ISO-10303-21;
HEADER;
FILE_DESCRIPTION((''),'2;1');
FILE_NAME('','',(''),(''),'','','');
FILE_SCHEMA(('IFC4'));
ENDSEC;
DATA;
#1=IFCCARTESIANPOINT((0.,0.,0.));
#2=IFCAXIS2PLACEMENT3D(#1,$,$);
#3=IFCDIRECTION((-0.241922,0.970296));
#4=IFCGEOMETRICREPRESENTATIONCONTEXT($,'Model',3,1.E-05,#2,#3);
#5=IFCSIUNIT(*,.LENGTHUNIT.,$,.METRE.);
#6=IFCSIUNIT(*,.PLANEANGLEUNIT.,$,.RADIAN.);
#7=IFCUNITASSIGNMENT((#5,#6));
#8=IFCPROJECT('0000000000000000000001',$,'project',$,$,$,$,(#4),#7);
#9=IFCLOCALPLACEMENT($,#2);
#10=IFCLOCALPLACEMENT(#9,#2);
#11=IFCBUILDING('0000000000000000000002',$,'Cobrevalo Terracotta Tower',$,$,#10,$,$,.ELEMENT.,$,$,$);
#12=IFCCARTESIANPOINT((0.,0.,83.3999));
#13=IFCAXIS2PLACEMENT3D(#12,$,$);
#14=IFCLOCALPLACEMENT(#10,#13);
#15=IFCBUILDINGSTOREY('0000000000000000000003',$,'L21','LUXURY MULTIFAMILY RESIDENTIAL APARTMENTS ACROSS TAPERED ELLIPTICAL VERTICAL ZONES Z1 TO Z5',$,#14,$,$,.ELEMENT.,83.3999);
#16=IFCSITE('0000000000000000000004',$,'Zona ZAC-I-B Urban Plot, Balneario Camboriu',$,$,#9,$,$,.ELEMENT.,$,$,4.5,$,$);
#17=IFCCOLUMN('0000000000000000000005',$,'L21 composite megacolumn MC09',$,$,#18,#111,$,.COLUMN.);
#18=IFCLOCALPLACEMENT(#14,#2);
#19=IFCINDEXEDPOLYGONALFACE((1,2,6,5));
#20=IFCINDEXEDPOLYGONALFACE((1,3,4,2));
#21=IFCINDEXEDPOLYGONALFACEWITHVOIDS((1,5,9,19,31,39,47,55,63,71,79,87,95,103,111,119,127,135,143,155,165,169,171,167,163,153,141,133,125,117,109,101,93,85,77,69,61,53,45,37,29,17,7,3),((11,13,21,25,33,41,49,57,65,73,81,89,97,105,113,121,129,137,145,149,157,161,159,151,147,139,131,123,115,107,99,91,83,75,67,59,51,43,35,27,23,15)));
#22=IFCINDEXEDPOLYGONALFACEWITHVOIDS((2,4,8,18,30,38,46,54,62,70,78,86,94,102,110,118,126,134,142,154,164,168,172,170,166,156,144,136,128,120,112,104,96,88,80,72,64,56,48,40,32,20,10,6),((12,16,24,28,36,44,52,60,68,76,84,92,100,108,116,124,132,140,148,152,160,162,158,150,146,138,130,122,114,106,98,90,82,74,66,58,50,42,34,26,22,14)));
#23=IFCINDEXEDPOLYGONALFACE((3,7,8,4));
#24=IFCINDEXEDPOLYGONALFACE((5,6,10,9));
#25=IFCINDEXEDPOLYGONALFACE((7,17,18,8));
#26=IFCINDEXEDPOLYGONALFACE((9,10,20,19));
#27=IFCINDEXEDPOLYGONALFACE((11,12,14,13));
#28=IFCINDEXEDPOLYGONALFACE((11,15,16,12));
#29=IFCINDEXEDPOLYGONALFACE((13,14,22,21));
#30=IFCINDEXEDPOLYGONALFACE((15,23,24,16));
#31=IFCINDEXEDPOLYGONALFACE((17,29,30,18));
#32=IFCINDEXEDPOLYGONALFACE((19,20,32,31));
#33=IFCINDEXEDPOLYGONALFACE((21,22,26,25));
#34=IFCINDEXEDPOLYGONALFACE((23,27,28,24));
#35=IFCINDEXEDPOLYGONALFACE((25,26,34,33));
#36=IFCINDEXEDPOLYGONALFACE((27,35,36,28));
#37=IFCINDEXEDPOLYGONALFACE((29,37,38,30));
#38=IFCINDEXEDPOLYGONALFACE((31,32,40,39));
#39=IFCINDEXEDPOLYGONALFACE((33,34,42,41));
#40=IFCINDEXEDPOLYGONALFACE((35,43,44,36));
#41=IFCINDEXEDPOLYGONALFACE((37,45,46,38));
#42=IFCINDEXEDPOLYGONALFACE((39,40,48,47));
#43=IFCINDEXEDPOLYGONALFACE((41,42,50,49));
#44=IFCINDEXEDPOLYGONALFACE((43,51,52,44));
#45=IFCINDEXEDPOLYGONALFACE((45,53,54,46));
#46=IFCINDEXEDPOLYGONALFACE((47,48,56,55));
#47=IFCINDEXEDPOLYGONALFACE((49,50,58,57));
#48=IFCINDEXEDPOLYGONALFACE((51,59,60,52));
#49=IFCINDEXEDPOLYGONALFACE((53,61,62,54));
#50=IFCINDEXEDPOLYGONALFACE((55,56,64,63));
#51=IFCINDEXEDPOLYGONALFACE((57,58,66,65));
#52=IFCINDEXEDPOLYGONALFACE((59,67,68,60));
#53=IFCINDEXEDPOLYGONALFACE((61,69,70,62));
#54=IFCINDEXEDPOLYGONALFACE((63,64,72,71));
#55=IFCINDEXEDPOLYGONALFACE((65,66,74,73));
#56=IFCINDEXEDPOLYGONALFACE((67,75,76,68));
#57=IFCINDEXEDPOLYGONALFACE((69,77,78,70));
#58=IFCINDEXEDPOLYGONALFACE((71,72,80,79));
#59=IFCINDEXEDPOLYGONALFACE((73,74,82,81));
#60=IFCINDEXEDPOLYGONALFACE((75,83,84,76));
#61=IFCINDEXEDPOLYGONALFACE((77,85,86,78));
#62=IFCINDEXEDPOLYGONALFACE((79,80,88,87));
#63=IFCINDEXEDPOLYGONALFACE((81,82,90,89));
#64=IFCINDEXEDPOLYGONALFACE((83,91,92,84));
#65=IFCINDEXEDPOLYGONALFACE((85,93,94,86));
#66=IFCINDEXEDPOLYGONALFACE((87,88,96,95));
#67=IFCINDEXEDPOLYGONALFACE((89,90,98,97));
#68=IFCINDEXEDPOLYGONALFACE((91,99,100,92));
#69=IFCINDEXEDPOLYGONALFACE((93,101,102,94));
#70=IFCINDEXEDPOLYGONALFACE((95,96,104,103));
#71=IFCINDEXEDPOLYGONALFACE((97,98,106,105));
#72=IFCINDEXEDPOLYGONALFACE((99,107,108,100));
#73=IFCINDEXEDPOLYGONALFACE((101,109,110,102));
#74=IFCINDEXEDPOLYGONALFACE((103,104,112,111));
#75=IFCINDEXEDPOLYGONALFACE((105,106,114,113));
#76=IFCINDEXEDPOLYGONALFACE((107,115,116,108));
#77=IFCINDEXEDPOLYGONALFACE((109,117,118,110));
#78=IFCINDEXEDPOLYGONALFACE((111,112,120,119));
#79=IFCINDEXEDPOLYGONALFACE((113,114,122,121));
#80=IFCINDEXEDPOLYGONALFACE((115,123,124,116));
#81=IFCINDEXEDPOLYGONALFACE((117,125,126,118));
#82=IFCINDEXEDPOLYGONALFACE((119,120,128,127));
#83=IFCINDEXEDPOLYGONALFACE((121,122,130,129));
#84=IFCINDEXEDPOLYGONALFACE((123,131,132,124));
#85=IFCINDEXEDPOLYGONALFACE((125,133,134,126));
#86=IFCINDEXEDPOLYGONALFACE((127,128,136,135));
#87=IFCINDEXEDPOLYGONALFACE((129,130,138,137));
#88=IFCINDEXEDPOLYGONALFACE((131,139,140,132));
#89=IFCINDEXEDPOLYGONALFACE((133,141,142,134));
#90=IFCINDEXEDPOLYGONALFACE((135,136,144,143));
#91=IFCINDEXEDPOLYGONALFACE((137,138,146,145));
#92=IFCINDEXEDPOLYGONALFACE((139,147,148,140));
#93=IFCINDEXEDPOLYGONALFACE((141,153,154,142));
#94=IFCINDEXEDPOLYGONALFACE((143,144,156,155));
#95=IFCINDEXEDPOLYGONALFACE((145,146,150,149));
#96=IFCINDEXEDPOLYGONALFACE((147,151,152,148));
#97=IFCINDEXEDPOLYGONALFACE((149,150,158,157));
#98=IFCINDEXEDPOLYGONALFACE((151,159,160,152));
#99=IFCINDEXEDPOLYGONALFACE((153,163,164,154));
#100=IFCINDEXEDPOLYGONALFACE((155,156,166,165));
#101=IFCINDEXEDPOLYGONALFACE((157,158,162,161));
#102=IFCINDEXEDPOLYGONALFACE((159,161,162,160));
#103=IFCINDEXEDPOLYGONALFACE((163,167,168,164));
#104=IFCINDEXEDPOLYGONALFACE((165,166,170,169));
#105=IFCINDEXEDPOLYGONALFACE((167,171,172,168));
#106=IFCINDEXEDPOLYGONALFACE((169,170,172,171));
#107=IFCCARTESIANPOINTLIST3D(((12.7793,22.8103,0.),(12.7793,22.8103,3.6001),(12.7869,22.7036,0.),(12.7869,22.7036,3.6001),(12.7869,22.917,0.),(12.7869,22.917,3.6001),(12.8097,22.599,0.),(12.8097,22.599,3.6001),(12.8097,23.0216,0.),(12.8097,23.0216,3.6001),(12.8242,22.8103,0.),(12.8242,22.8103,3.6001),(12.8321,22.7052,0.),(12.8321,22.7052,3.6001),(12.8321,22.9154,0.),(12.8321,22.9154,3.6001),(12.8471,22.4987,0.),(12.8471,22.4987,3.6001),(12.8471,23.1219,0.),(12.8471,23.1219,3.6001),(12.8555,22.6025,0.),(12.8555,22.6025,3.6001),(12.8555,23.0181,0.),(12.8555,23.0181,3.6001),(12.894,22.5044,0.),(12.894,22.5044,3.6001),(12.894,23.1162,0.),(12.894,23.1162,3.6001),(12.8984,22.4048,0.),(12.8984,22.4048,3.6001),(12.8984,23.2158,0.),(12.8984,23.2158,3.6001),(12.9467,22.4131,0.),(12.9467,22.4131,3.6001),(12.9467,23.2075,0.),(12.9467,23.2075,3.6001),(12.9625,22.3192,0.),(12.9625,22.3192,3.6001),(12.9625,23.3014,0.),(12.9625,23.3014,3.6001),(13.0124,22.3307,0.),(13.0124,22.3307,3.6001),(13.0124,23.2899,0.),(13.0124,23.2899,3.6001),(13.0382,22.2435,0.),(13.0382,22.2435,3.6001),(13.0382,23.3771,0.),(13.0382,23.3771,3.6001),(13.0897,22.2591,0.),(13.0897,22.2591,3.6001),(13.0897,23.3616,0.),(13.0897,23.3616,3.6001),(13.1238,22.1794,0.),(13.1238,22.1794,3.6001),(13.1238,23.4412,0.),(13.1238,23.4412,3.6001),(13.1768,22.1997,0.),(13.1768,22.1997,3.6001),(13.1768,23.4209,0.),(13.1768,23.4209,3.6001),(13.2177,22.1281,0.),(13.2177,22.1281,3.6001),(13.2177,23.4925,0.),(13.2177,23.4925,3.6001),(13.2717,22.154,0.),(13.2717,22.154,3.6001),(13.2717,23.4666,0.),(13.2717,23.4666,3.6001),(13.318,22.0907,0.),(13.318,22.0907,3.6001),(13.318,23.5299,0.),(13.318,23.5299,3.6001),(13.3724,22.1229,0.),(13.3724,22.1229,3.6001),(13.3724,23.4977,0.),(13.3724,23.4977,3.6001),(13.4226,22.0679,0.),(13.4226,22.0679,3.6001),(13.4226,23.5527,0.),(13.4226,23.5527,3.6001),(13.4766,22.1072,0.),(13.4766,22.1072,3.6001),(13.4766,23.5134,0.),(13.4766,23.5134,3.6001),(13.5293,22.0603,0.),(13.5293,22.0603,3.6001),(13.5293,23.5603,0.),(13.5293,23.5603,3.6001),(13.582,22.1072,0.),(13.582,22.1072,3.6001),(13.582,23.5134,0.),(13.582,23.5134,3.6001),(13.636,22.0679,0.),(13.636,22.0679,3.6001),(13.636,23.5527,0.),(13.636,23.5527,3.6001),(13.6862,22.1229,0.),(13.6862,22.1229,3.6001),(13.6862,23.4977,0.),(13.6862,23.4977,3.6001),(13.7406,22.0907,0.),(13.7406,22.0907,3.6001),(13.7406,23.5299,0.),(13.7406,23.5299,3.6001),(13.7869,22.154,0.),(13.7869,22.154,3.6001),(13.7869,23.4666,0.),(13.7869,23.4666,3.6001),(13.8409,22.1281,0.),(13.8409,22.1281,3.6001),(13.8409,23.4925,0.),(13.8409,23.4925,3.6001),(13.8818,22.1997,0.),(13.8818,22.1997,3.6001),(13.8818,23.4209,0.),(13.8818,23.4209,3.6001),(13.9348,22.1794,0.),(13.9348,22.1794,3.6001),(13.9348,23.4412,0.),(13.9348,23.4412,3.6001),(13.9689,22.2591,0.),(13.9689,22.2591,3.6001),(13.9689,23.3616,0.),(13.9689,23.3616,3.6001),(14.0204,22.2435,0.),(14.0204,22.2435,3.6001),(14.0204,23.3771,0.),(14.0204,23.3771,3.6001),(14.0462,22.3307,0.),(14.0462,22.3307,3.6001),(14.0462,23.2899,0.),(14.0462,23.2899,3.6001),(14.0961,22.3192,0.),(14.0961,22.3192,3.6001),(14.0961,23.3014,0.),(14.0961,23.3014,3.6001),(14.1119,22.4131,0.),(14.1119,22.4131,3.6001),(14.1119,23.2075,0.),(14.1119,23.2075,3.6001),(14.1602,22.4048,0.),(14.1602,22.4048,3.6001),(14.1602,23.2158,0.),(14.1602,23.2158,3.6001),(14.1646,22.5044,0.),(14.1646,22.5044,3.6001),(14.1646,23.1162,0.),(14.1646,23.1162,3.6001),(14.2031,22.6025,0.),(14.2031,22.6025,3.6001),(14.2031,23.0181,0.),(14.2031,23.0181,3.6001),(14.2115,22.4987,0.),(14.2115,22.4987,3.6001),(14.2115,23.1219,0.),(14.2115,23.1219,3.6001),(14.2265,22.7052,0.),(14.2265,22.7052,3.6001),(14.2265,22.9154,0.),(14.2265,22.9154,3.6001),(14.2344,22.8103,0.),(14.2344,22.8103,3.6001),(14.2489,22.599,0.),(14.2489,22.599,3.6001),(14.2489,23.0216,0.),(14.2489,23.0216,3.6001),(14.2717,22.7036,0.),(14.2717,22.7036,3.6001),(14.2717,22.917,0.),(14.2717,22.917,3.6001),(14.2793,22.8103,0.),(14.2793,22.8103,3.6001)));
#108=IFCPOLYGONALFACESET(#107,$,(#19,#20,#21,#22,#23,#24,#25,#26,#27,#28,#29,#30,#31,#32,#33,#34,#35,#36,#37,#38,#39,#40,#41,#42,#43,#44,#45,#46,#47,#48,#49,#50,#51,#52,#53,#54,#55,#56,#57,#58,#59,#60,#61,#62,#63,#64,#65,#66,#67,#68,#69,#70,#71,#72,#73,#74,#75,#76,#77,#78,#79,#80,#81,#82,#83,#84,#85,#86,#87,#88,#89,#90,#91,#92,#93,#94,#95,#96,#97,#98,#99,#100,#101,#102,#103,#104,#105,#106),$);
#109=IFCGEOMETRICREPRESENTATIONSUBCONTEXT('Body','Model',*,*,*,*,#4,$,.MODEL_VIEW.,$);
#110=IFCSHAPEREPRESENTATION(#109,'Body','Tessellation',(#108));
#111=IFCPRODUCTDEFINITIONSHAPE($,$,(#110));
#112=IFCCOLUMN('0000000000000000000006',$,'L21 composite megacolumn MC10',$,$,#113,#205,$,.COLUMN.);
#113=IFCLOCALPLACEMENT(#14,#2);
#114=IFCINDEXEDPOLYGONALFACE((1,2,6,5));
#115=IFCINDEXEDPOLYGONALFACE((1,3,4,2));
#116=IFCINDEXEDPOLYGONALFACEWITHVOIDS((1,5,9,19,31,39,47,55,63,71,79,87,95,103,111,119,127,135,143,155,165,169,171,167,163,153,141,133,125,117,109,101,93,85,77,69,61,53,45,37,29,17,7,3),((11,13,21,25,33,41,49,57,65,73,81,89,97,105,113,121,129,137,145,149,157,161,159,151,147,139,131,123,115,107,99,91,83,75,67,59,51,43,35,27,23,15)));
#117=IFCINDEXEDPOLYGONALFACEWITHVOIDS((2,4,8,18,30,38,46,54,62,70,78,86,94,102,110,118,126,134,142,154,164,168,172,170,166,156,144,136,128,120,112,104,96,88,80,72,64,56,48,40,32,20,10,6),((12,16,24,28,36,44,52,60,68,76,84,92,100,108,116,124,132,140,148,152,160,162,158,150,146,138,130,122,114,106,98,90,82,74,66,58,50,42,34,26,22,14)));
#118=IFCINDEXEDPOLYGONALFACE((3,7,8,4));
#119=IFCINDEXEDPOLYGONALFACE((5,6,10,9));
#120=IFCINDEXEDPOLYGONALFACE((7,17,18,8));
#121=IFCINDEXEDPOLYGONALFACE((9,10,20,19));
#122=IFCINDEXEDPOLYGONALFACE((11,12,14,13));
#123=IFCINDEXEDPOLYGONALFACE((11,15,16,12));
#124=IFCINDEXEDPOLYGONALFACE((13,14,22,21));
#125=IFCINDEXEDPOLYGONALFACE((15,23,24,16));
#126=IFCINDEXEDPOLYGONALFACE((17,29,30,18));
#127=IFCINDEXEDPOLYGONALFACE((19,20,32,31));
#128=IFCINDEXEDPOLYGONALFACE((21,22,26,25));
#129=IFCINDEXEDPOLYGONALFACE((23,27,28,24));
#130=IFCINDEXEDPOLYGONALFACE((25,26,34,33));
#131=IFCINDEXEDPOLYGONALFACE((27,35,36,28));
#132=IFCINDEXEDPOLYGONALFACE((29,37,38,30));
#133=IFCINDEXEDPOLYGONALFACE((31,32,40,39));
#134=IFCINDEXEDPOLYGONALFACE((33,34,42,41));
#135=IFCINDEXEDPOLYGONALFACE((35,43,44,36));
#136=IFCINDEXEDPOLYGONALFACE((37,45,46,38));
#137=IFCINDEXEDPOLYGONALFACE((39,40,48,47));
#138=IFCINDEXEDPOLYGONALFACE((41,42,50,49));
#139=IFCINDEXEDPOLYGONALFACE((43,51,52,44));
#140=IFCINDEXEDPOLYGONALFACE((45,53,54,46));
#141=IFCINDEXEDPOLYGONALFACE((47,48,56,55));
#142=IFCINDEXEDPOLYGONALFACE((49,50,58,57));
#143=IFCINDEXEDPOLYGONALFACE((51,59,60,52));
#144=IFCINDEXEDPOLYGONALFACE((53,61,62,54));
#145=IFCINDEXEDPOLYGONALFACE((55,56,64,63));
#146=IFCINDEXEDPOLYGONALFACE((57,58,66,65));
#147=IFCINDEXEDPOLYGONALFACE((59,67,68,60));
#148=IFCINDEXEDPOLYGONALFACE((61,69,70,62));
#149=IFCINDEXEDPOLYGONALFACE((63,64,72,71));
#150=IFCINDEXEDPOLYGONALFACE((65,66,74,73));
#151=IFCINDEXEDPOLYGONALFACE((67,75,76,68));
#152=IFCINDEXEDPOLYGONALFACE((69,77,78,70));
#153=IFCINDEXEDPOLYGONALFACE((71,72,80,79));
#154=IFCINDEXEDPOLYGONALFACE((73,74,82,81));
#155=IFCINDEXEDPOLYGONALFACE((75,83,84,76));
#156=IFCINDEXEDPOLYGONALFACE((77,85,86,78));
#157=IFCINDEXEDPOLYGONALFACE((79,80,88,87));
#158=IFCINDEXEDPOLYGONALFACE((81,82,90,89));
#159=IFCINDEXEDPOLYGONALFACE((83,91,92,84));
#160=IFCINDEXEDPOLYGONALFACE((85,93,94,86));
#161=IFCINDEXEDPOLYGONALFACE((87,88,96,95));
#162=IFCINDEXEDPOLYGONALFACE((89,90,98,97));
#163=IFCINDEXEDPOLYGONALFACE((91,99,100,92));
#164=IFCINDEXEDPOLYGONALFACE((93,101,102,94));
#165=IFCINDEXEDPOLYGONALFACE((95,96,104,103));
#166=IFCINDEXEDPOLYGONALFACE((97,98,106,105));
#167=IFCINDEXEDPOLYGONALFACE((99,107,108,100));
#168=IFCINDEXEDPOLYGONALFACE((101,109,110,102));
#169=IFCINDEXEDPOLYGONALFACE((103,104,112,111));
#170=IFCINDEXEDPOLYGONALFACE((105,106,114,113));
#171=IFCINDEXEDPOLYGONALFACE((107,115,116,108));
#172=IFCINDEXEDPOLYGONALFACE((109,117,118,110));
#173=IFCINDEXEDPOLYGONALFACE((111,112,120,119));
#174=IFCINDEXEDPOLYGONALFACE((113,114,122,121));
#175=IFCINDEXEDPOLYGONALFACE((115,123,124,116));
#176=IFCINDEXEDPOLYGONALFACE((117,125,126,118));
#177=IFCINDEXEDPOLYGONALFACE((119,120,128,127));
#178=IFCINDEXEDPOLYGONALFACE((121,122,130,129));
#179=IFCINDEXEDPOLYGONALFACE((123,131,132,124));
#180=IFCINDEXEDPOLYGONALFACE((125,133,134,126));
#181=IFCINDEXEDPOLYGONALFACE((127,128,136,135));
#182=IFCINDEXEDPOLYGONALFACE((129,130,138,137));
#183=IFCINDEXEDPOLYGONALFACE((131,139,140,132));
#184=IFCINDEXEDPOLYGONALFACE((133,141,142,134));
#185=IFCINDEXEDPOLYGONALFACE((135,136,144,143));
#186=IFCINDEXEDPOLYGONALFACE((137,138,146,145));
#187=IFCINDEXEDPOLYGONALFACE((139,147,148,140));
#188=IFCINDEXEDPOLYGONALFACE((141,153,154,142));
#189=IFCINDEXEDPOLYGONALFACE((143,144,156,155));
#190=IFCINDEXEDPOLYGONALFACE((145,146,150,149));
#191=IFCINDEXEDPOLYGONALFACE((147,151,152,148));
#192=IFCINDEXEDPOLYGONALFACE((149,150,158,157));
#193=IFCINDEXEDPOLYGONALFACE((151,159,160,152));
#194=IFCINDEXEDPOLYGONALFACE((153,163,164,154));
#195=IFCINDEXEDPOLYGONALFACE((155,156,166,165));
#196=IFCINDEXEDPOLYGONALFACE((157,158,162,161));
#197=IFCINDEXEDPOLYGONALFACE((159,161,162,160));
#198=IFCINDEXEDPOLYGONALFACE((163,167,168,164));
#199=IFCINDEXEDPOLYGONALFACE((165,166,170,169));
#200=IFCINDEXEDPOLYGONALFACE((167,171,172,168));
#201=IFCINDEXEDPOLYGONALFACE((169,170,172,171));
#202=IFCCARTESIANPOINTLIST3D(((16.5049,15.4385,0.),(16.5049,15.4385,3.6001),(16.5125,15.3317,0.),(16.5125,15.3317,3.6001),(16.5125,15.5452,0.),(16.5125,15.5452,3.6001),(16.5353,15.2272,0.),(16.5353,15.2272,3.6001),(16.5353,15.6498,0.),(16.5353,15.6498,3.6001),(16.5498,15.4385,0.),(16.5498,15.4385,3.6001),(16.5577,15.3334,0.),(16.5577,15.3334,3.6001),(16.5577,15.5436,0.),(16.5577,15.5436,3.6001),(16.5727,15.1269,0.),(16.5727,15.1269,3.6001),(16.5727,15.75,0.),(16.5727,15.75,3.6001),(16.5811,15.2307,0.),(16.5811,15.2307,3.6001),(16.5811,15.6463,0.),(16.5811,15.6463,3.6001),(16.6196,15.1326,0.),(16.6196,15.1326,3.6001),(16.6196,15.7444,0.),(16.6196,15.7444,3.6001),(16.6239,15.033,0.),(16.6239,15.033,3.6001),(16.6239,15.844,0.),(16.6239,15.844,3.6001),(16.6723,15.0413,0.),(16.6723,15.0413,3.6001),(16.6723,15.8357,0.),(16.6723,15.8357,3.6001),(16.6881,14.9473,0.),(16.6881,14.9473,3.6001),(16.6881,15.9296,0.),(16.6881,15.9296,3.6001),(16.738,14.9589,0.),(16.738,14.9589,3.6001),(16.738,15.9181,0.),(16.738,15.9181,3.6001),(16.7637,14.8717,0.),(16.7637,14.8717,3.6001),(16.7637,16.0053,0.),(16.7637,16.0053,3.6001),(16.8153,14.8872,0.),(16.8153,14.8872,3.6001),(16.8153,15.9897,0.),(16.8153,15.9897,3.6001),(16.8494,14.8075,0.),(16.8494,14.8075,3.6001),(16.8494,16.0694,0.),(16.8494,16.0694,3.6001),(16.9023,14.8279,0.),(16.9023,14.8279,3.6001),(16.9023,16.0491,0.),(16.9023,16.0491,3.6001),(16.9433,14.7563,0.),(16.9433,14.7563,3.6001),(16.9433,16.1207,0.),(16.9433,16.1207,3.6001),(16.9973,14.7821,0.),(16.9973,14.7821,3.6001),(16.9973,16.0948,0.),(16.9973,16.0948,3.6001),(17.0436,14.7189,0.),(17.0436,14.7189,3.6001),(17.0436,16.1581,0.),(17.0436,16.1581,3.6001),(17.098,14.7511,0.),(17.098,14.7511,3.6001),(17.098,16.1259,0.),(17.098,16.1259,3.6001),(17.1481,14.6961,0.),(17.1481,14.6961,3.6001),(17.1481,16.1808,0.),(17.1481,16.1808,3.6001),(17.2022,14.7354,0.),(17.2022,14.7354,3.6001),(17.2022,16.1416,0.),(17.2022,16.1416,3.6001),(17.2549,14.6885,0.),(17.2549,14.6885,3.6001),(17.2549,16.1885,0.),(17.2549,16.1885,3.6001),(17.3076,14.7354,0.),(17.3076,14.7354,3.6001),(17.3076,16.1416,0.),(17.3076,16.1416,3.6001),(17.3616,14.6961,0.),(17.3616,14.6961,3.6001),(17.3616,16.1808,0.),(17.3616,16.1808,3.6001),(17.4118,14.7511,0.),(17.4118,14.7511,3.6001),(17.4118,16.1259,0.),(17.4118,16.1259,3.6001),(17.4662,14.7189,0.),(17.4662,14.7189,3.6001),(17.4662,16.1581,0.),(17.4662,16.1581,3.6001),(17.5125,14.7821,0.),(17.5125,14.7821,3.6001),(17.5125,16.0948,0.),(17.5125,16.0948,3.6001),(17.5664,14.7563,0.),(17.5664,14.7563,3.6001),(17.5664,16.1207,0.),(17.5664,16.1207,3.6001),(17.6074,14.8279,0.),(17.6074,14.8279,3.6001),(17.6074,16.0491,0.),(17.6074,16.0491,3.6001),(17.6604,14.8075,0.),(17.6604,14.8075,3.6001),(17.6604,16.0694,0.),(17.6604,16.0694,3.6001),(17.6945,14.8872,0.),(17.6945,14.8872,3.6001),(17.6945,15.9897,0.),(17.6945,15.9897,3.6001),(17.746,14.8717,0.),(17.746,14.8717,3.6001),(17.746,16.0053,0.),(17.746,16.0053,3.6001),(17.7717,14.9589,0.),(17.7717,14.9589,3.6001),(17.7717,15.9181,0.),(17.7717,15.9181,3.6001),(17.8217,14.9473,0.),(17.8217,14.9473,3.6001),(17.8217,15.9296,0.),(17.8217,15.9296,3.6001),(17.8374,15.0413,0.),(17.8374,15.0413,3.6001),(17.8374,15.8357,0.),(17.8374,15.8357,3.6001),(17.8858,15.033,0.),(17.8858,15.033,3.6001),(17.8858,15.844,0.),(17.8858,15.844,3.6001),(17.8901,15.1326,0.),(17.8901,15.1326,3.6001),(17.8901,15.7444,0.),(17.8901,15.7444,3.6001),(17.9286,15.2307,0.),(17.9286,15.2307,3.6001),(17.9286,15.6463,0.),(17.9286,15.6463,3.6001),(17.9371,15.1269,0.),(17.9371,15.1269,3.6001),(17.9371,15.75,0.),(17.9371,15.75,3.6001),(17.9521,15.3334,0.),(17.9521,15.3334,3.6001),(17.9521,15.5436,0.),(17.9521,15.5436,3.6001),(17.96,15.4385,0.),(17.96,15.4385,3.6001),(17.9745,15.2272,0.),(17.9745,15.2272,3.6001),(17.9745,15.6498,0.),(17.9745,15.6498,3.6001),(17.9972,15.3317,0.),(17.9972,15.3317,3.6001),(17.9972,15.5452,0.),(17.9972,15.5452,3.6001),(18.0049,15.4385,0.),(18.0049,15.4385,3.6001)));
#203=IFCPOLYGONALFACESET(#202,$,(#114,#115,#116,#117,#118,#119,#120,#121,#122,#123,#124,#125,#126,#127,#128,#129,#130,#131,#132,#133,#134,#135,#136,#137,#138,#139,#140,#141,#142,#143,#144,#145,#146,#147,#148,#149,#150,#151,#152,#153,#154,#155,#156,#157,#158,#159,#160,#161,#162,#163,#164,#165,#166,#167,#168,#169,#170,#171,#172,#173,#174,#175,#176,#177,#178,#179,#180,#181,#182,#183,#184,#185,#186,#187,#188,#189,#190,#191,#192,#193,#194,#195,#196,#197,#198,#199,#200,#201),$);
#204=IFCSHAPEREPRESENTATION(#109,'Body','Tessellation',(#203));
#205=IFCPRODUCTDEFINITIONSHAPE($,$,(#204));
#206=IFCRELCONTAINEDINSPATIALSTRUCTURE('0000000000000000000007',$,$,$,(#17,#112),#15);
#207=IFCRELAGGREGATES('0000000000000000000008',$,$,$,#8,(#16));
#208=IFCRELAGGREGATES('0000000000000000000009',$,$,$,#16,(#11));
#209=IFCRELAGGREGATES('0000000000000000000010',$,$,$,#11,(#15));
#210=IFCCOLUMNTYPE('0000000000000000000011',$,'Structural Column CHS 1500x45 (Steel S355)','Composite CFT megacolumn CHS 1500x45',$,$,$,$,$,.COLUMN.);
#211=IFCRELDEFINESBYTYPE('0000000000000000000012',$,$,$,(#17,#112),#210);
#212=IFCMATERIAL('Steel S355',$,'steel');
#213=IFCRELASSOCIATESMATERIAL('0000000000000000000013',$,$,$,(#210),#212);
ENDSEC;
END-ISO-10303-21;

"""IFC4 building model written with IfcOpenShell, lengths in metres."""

from ifc_helpers import new_model, si_unit, direction, frame, origin, origin_2d, place, context, subcontext, project, spatial, hollow_circle, extrude, material, material_profile, profile_set, type_object, element, save


model = new_model("IFC4")

# Units and contexts
model_context = context("Model", 3, precision=1e-05, world=origin(), true_north=direction((-0.241922, 0.970296)))
body_context = subcontext(model_context, "Body", "Model", "MODEL_VIEW")
ifc_project = project(units=[si_unit("LENGTHUNIT", "METRE"), si_unit("PLANEANGLEUNIT", "RADIAN")], contexts=[model_context])

# Site, building, storey
site_placement = place(None, origin())
site = spatial("IfcSite", under=ifc_project, at=site_placement, Name="Zona ZAC-I-B Urban Plot, Balneario Camboriu", CompositionType="ELEMENT", RefElevation=4.5)
building_placement = place(site_placement, origin())
building = spatial("IfcBuilding", under=site, at=building_placement, Name="Cobrevalo Terracotta Tower", CompositionType="ELEMENT")
storey_placement = place(building_placement, frame((0.0, 0.0, 83.3999)))
storey = spatial("IfcBuildingStorey", under=building, at=storey_placement, Name="L21", Description="LUXURY MULTIFAMILY RESIDENTIAL APARTMENTS ACROSS TAPERED ELLIPTICAL VERTICAL ZONES Z1 TO Z5", CompositionType="ELEMENT", Elevation=83.3999)

# Columns
ifc_material_1 = material(Name="Steel S355", Category="steel")
ifc_material_profile_1 = material_profile(ifc_material_1, hollow_circle(Radius=0.75, WallThickness=0.0449, at=origin_2d()), Name="CHS 1500x45")
ifc_profile_set_1 = profile_set([ifc_material_profile_1], Name="Steel S355")
column_type = type_object("IfcColumnType", Name="Structural Column CHS 1500x45 (Steel S355)", Description="Composite CFT megacolumn CHS 1500x45", PredefinedType="COLUMN", material=ifc_profile_set_1)
for number, where, z_axis, x_axis, name in (
    (1, (13.5293, 22.8103, 0.0), (0.0, 0.0, 1.0), (1.0, 0.0, 0.0), "L21 composite megacolumn MC09"),
    (2, (17.2549, 15.4385, 0.0), (0.0, 0.0, 1.0), (1.0, 0.0, 0.0), "L21 composite megacolumn MC10"),
):
    element("IfcColumn", number, at=place(storey_placement, frame(where, z_axis=z_axis, x_axis=x_axis)), inside=storey, type_object=column_type, Name=name, PredefinedType="COLUMN", context=body_context, shape_type="SweptSolid", body=[
        extrude(hollow_circle(Radius=0.75, WallThickness=0.0449, at=origin_2d()), origin(), (0.0, 0.0, 1.0), 3.6001),
    ])

save(model, "model.ifc")
